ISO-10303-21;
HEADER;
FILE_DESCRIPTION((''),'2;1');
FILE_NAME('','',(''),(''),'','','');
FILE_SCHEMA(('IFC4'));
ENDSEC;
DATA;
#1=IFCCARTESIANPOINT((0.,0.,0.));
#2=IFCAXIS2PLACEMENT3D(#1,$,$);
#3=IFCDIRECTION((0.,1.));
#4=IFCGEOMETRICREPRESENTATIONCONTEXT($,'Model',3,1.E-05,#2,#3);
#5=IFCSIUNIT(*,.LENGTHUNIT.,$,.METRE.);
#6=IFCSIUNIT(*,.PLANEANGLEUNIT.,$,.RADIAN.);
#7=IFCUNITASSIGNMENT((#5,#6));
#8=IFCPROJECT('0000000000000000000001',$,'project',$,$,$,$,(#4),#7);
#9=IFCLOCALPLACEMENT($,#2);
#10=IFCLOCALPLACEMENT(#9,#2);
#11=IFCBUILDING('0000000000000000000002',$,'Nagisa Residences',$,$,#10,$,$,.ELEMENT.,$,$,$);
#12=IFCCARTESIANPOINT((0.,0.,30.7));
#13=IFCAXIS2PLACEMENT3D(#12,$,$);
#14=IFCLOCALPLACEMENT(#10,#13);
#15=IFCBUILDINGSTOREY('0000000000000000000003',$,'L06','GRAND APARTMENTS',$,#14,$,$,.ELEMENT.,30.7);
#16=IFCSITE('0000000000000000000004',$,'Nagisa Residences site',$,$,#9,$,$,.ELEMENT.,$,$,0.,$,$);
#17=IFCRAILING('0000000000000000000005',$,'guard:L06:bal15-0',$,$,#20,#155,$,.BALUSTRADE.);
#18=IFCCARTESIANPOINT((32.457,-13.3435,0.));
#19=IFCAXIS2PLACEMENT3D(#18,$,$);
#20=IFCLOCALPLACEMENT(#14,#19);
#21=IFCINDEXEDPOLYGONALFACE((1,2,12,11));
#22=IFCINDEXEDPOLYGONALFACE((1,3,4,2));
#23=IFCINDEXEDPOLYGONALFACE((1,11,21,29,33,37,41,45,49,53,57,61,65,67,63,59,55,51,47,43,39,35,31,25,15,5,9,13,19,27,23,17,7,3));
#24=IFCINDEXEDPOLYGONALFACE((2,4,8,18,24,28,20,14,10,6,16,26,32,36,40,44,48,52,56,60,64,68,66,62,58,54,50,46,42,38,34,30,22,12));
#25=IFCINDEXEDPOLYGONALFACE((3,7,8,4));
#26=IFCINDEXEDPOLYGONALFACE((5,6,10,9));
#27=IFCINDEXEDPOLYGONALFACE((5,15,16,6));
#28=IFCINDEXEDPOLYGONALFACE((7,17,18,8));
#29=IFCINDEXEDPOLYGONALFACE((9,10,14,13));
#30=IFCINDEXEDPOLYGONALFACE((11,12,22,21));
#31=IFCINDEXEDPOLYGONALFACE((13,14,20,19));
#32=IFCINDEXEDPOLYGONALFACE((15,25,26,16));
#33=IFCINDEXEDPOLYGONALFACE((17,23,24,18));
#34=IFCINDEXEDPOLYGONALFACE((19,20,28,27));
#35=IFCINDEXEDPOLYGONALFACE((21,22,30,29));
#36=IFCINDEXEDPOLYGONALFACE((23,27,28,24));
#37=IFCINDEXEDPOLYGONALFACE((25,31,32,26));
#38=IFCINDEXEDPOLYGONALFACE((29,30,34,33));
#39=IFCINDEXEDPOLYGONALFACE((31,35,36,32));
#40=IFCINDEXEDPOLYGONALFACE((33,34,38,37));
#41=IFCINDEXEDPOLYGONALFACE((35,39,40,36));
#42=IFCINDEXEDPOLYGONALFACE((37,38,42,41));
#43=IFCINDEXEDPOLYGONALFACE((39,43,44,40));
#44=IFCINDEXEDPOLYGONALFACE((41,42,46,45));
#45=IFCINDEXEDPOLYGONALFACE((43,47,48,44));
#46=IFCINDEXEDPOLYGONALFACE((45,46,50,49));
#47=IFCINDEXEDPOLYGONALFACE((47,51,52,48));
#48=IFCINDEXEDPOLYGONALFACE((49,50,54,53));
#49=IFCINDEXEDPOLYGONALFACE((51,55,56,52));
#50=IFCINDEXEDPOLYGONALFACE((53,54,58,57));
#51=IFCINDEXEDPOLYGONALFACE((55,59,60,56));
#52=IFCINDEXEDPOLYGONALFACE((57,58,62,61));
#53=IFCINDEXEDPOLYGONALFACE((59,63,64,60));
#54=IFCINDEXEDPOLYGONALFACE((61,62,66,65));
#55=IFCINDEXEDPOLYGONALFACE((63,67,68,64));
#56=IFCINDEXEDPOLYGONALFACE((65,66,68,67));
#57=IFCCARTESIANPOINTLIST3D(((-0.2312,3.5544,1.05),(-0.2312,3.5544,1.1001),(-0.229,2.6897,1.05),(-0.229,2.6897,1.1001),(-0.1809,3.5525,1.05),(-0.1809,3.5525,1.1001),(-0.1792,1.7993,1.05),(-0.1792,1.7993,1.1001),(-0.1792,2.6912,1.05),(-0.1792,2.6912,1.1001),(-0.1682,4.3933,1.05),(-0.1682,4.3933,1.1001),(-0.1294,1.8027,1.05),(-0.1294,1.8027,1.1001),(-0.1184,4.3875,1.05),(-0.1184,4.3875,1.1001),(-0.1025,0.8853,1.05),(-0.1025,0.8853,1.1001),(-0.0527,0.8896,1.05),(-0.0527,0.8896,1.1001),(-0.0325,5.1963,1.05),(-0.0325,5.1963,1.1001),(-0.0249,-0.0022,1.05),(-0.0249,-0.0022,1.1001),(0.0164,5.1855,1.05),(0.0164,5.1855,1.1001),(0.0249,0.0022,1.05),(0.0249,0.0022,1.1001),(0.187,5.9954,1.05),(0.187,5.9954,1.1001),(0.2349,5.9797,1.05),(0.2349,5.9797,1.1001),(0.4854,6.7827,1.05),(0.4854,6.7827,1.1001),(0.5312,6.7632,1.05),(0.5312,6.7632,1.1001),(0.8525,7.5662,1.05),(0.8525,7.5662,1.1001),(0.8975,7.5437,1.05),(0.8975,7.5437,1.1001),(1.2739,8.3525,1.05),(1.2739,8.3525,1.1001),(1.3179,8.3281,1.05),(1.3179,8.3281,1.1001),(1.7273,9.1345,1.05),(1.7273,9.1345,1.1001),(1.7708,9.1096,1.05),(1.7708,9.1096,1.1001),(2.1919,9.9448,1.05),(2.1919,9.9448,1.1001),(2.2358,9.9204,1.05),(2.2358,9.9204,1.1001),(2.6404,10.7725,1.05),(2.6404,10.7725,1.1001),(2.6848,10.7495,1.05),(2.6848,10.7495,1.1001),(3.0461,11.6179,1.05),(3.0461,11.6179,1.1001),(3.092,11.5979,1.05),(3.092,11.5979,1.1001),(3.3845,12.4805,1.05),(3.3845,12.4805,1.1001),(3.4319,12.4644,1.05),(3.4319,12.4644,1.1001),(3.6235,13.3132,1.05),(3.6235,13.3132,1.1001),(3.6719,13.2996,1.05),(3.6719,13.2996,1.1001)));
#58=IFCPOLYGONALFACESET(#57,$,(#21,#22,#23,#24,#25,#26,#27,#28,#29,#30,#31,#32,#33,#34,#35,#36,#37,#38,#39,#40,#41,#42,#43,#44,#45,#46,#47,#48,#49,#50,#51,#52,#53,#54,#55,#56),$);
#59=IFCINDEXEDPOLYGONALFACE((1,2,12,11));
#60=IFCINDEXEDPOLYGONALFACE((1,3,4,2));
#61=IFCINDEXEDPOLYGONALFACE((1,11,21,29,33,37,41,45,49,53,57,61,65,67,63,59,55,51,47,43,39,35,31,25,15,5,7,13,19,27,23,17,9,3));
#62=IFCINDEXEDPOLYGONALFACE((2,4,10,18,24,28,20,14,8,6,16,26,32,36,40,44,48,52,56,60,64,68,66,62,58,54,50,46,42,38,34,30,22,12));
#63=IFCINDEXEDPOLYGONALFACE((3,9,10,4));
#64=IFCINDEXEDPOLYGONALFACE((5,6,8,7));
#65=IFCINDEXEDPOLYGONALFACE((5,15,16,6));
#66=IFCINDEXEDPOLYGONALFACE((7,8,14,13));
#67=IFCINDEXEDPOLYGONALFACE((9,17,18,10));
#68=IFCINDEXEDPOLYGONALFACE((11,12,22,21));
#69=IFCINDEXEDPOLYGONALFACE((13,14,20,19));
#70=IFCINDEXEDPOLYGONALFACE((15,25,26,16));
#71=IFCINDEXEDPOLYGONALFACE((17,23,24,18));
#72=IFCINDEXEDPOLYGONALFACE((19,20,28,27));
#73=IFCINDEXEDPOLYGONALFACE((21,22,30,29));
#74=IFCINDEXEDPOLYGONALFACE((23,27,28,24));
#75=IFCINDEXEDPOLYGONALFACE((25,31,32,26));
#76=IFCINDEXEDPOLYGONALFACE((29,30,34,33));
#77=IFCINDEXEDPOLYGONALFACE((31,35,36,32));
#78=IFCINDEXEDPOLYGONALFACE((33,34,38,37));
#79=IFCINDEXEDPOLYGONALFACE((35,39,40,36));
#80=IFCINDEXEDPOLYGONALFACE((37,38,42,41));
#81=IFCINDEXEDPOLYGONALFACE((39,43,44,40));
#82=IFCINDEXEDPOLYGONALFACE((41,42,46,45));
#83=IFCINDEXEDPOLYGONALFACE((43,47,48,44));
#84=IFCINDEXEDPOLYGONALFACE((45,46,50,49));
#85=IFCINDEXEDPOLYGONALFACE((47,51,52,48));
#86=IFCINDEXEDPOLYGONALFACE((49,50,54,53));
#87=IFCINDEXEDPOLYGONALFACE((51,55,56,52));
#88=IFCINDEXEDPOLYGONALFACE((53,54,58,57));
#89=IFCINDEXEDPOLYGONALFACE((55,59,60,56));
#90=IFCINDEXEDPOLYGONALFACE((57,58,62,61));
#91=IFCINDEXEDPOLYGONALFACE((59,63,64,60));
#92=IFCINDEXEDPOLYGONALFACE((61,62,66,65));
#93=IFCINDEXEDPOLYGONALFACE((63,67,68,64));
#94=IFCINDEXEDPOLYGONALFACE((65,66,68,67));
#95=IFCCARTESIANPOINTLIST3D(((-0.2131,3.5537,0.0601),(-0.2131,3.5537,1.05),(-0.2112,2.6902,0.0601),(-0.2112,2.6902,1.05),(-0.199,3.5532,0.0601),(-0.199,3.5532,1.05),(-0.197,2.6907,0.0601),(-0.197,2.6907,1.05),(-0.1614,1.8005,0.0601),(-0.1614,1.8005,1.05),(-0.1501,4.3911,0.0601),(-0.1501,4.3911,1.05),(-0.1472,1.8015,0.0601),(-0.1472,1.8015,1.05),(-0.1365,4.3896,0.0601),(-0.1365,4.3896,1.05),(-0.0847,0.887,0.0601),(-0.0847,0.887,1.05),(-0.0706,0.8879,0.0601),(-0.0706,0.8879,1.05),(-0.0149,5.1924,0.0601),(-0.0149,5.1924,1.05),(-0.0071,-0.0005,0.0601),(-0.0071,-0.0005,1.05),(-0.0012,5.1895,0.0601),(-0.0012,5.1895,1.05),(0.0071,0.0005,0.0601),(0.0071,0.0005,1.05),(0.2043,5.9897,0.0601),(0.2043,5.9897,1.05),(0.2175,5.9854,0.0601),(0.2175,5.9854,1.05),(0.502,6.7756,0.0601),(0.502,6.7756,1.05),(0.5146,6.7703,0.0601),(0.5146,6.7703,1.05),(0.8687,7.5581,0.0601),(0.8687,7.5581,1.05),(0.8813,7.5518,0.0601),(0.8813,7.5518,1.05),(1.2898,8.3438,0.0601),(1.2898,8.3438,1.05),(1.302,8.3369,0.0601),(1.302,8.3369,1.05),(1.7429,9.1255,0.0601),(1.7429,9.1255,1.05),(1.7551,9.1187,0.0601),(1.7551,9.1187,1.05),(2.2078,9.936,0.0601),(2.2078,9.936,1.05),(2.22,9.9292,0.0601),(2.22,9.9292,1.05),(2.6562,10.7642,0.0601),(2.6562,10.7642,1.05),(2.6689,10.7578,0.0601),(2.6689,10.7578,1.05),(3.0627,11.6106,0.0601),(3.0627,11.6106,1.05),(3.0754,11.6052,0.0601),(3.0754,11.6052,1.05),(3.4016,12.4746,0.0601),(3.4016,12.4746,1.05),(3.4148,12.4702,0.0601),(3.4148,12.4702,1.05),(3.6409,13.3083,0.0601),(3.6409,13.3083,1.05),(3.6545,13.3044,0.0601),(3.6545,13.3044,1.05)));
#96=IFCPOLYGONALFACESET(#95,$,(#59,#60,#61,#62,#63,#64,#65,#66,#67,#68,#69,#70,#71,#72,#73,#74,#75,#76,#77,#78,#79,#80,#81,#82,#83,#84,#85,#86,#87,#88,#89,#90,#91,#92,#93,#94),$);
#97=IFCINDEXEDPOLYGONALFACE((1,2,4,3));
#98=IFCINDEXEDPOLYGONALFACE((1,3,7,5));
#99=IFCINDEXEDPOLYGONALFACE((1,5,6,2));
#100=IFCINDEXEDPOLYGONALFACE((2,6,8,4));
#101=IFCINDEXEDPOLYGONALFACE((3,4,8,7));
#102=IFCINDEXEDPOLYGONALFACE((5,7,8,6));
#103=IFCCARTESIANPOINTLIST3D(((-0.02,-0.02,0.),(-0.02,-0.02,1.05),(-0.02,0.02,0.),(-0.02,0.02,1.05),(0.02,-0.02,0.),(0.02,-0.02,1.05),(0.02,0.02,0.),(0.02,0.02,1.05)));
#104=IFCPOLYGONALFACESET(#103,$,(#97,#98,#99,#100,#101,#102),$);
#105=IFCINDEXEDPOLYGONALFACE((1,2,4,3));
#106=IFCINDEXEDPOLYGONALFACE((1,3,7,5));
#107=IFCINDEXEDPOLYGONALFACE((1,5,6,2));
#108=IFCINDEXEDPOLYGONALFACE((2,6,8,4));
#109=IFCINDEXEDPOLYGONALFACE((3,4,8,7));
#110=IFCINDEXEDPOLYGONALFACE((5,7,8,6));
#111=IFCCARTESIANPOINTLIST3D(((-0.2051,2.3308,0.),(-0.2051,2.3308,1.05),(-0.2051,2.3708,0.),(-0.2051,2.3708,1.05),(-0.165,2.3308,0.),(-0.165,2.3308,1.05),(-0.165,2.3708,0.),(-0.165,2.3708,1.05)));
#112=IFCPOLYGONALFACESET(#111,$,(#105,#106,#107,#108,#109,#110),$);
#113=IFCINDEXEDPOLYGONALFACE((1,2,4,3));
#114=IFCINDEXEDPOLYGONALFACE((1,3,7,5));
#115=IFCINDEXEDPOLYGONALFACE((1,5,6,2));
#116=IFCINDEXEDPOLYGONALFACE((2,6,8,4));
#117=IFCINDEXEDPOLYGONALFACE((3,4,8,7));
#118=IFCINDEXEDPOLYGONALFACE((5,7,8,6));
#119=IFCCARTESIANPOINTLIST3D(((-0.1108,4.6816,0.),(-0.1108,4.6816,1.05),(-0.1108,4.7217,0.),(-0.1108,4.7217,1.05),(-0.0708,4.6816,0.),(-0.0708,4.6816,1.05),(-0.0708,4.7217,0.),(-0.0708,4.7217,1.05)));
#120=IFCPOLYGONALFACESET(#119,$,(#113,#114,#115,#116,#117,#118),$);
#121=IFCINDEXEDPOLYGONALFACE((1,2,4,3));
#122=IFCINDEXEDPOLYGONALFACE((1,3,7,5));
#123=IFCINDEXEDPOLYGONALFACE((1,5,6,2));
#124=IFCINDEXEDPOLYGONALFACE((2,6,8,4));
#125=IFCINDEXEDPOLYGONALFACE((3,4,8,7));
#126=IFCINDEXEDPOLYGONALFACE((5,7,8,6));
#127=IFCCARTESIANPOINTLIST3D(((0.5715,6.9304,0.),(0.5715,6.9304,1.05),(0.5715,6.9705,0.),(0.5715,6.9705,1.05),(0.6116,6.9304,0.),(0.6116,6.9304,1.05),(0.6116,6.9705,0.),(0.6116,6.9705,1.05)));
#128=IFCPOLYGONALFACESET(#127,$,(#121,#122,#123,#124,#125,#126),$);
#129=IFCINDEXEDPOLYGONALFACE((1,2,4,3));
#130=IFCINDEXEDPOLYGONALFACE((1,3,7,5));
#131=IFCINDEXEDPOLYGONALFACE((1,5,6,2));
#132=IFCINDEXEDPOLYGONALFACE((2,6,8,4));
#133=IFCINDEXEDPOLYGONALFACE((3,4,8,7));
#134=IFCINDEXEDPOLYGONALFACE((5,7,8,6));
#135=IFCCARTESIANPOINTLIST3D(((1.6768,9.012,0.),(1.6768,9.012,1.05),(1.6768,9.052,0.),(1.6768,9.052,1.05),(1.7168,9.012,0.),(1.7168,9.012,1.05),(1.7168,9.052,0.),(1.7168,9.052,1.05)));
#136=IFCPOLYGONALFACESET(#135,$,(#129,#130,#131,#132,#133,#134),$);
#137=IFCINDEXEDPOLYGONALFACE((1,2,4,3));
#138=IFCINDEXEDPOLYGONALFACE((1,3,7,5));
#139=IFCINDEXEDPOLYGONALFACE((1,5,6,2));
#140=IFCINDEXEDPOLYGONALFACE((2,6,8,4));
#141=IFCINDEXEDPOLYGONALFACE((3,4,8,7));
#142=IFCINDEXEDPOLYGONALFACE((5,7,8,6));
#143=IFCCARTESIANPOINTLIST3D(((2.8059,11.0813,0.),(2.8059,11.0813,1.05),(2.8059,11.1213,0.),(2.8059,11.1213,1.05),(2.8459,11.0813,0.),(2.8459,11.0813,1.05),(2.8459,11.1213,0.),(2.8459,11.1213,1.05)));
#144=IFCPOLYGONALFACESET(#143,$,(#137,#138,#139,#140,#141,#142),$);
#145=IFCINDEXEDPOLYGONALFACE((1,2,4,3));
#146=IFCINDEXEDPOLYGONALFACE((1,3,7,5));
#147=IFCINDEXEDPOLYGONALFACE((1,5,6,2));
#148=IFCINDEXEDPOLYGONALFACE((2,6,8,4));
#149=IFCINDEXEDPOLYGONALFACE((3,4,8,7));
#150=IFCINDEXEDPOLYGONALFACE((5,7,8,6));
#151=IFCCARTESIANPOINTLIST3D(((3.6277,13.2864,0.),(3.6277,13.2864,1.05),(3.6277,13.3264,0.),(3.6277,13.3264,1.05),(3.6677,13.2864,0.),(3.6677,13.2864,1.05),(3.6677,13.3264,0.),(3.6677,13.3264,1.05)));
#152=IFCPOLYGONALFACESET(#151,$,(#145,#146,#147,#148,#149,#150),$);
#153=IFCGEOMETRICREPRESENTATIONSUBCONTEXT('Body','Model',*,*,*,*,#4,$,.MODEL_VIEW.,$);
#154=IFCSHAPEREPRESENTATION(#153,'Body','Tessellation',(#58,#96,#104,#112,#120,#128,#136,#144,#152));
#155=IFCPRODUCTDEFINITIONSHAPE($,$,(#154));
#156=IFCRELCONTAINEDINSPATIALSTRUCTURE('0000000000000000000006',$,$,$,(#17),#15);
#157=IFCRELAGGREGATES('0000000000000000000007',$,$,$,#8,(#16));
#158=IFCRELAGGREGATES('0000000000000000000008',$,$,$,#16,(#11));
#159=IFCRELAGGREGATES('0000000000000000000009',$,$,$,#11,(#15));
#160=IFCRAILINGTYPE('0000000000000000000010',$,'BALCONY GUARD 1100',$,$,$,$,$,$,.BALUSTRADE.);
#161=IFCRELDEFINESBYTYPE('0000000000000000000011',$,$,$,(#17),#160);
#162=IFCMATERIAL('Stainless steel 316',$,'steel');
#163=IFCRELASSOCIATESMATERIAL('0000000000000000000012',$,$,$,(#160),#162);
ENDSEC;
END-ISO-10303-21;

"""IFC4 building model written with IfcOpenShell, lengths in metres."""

from ifc_helpers import new_model, si_unit, direction, frame, origin, origin_2d, place, context, subcontext, project, spatial, polyline, rectangle, outline, extrude, material, type_object, element, save


model = new_model("IFC4")

# Units and contexts
model_context = context("Model", 3, precision=1e-05, world=origin(), true_north=direction((0.0, 1.0)))
body_context = subcontext(model_context, "Body", "Model", "MODEL_VIEW")
ifc_project = project(units=[si_unit("LENGTHUNIT", "METRE"), si_unit("PLANEANGLEUNIT", "RADIAN")], contexts=[model_context])

# Site, building, storey
site_placement = place(None, origin())
site = spatial("IfcSite", under=ifc_project, at=site_placement, Name="Nagisa Residences site", CompositionType="ELEMENT", RefElevation=0.0)
building_placement = place(site_placement, origin())
building = spatial("IfcBuilding", under=site, at=building_placement, Name="Nagisa Residences", CompositionType="ELEMENT")
storey_placement = place(building_placement, frame((0.0, 0.0, 30.7)))
storey = spatial("IfcBuildingStorey", under=building, at=storey_placement, Name="L06", Description="GRAND APARTMENTS", CompositionType="ELEMENT", Elevation=30.7)

# Railing
ifc_material_1 = material(Name="Stainless steel 316", Category="steel")
railing_type = type_object("IfcRailingType", Name="BALCONY GUARD 1100", PredefinedType="BALUSTRADE", material=ifc_material_1)
railing_placement = place(storey_placement, frame((32.457, -13.3435, 0.0)))
element("IfcRailing", 1, at=railing_placement, inside=storey, type_object=railing_type, Name="guard:L06:bal15-0", PredefinedType="BALUSTRADE", context=body_context, shape_type="SweptSolid", body=[
    extrude(outline(polyline([(-0.1025, 0.8853), (-0.0249, -0.0022), (0.0249, 0.0022), (-0.0527, 0.8896), (-0.1294, 1.8027), (-0.1792, 2.6912), (-0.1809, 3.5525), (-0.1184, 4.3875), (0.0164, 5.1855), (0.2349, 5.9797), (0.5312, 6.7632), (0.8975, 7.5437), (1.3179, 8.3281), (1.7708, 9.1096), (2.2358, 9.9204), (2.6848, 10.7495), (3.092, 11.5979), (3.4319, 12.4644), (3.6719, 13.2996), (3.6235, 13.3132), (3.3845, 12.4805), (3.0461, 11.6179), (2.6404, 10.7725), (2.1919, 9.9448), (1.7273, 9.1345), (1.2739, 8.3525), (0.8525, 7.5662), (0.4854, 6.7827), (0.187, 5.9954), (-0.0325, 5.1963), (-0.1682, 4.3933), (-0.2312, 3.5544), (-0.229, 2.6897), (-0.1792, 1.7993), (-0.1025, 0.8853)])), frame((0.0, 0.0, 1.05)), (0.0, 0.0, 1.0), 0.05),
    extrude(outline(polyline([(-0.0847, 0.887), (-0.0071, -0.0005), (0.0071, 0.0005), (-0.0706, 0.8879), (-0.1472, 1.8015), (-0.197, 2.6907), (-0.199, 3.5532), (-0.1365, 4.3896), (-0.0012, 5.1895), (0.2175, 5.9854), (0.5146, 6.7703), (0.8813, 7.5518), (1.302, 8.3369), (1.7551, 9.1187), (2.22, 9.9292), (2.6689, 10.7578), (3.0754, 11.6052), (3.4148, 12.4702), (3.6545, 13.3044), (3.6409, 13.3083), (3.4016, 12.4746), (3.0627, 11.6106), (2.6562, 10.7642), (2.2078, 9.936), (1.7429, 9.1255), (1.2898, 8.3438), (0.8687, 7.5581), (0.502, 6.7756), (0.2043, 5.9897), (-0.0149, 5.1924), (-0.1501, 4.3911), (-0.2131, 3.5537), (-0.2112, 2.6902), (-0.1614, 1.8005), (-0.0847, 0.887)])), frame((0.0, 0.0, 0.0601)), (0.0, 0.0, 1.0), 0.99),
    extrude(rectangle(XDim=0.04, YDim=0.04, at=origin_2d()), origin(), (0.0, 0.0, 1.0), 1.05),
    extrude(rectangle(XDim=0.04, YDim=0.04, at=origin_2d()), frame((-0.1851, 2.3508, 0.0)), (0.0, 0.0, 1.0), 1.05),
    extrude(rectangle(XDim=0.04, YDim=0.04, at=origin_2d()), frame((-0.0908, 4.7017, 0.0)), (0.0, 0.0, 1.0), 1.05),
    extrude(rectangle(XDim=0.04, YDim=0.04, at=origin_2d()), frame((0.5916, 6.9504, 0.0)), (0.0, 0.0, 1.0), 1.05),
    extrude(rectangle(XDim=0.04, YDim=0.04, at=origin_2d()), frame((1.6968, 9.032, 0.0)), (0.0, 0.0, 1.0), 1.05),
    extrude(rectangle(XDim=0.04, YDim=0.04, at=origin_2d()), frame((2.8259, 11.1013, 0.0)), (0.0, 0.0, 1.0), 1.05),
    extrude(rectangle(XDim=0.04, YDim=0.04, at=origin_2d()), frame((3.6477, 13.3064, 0.0)), (0.0, 0.0, 1.0), 1.05),
])

save(model, "model.ifc")
